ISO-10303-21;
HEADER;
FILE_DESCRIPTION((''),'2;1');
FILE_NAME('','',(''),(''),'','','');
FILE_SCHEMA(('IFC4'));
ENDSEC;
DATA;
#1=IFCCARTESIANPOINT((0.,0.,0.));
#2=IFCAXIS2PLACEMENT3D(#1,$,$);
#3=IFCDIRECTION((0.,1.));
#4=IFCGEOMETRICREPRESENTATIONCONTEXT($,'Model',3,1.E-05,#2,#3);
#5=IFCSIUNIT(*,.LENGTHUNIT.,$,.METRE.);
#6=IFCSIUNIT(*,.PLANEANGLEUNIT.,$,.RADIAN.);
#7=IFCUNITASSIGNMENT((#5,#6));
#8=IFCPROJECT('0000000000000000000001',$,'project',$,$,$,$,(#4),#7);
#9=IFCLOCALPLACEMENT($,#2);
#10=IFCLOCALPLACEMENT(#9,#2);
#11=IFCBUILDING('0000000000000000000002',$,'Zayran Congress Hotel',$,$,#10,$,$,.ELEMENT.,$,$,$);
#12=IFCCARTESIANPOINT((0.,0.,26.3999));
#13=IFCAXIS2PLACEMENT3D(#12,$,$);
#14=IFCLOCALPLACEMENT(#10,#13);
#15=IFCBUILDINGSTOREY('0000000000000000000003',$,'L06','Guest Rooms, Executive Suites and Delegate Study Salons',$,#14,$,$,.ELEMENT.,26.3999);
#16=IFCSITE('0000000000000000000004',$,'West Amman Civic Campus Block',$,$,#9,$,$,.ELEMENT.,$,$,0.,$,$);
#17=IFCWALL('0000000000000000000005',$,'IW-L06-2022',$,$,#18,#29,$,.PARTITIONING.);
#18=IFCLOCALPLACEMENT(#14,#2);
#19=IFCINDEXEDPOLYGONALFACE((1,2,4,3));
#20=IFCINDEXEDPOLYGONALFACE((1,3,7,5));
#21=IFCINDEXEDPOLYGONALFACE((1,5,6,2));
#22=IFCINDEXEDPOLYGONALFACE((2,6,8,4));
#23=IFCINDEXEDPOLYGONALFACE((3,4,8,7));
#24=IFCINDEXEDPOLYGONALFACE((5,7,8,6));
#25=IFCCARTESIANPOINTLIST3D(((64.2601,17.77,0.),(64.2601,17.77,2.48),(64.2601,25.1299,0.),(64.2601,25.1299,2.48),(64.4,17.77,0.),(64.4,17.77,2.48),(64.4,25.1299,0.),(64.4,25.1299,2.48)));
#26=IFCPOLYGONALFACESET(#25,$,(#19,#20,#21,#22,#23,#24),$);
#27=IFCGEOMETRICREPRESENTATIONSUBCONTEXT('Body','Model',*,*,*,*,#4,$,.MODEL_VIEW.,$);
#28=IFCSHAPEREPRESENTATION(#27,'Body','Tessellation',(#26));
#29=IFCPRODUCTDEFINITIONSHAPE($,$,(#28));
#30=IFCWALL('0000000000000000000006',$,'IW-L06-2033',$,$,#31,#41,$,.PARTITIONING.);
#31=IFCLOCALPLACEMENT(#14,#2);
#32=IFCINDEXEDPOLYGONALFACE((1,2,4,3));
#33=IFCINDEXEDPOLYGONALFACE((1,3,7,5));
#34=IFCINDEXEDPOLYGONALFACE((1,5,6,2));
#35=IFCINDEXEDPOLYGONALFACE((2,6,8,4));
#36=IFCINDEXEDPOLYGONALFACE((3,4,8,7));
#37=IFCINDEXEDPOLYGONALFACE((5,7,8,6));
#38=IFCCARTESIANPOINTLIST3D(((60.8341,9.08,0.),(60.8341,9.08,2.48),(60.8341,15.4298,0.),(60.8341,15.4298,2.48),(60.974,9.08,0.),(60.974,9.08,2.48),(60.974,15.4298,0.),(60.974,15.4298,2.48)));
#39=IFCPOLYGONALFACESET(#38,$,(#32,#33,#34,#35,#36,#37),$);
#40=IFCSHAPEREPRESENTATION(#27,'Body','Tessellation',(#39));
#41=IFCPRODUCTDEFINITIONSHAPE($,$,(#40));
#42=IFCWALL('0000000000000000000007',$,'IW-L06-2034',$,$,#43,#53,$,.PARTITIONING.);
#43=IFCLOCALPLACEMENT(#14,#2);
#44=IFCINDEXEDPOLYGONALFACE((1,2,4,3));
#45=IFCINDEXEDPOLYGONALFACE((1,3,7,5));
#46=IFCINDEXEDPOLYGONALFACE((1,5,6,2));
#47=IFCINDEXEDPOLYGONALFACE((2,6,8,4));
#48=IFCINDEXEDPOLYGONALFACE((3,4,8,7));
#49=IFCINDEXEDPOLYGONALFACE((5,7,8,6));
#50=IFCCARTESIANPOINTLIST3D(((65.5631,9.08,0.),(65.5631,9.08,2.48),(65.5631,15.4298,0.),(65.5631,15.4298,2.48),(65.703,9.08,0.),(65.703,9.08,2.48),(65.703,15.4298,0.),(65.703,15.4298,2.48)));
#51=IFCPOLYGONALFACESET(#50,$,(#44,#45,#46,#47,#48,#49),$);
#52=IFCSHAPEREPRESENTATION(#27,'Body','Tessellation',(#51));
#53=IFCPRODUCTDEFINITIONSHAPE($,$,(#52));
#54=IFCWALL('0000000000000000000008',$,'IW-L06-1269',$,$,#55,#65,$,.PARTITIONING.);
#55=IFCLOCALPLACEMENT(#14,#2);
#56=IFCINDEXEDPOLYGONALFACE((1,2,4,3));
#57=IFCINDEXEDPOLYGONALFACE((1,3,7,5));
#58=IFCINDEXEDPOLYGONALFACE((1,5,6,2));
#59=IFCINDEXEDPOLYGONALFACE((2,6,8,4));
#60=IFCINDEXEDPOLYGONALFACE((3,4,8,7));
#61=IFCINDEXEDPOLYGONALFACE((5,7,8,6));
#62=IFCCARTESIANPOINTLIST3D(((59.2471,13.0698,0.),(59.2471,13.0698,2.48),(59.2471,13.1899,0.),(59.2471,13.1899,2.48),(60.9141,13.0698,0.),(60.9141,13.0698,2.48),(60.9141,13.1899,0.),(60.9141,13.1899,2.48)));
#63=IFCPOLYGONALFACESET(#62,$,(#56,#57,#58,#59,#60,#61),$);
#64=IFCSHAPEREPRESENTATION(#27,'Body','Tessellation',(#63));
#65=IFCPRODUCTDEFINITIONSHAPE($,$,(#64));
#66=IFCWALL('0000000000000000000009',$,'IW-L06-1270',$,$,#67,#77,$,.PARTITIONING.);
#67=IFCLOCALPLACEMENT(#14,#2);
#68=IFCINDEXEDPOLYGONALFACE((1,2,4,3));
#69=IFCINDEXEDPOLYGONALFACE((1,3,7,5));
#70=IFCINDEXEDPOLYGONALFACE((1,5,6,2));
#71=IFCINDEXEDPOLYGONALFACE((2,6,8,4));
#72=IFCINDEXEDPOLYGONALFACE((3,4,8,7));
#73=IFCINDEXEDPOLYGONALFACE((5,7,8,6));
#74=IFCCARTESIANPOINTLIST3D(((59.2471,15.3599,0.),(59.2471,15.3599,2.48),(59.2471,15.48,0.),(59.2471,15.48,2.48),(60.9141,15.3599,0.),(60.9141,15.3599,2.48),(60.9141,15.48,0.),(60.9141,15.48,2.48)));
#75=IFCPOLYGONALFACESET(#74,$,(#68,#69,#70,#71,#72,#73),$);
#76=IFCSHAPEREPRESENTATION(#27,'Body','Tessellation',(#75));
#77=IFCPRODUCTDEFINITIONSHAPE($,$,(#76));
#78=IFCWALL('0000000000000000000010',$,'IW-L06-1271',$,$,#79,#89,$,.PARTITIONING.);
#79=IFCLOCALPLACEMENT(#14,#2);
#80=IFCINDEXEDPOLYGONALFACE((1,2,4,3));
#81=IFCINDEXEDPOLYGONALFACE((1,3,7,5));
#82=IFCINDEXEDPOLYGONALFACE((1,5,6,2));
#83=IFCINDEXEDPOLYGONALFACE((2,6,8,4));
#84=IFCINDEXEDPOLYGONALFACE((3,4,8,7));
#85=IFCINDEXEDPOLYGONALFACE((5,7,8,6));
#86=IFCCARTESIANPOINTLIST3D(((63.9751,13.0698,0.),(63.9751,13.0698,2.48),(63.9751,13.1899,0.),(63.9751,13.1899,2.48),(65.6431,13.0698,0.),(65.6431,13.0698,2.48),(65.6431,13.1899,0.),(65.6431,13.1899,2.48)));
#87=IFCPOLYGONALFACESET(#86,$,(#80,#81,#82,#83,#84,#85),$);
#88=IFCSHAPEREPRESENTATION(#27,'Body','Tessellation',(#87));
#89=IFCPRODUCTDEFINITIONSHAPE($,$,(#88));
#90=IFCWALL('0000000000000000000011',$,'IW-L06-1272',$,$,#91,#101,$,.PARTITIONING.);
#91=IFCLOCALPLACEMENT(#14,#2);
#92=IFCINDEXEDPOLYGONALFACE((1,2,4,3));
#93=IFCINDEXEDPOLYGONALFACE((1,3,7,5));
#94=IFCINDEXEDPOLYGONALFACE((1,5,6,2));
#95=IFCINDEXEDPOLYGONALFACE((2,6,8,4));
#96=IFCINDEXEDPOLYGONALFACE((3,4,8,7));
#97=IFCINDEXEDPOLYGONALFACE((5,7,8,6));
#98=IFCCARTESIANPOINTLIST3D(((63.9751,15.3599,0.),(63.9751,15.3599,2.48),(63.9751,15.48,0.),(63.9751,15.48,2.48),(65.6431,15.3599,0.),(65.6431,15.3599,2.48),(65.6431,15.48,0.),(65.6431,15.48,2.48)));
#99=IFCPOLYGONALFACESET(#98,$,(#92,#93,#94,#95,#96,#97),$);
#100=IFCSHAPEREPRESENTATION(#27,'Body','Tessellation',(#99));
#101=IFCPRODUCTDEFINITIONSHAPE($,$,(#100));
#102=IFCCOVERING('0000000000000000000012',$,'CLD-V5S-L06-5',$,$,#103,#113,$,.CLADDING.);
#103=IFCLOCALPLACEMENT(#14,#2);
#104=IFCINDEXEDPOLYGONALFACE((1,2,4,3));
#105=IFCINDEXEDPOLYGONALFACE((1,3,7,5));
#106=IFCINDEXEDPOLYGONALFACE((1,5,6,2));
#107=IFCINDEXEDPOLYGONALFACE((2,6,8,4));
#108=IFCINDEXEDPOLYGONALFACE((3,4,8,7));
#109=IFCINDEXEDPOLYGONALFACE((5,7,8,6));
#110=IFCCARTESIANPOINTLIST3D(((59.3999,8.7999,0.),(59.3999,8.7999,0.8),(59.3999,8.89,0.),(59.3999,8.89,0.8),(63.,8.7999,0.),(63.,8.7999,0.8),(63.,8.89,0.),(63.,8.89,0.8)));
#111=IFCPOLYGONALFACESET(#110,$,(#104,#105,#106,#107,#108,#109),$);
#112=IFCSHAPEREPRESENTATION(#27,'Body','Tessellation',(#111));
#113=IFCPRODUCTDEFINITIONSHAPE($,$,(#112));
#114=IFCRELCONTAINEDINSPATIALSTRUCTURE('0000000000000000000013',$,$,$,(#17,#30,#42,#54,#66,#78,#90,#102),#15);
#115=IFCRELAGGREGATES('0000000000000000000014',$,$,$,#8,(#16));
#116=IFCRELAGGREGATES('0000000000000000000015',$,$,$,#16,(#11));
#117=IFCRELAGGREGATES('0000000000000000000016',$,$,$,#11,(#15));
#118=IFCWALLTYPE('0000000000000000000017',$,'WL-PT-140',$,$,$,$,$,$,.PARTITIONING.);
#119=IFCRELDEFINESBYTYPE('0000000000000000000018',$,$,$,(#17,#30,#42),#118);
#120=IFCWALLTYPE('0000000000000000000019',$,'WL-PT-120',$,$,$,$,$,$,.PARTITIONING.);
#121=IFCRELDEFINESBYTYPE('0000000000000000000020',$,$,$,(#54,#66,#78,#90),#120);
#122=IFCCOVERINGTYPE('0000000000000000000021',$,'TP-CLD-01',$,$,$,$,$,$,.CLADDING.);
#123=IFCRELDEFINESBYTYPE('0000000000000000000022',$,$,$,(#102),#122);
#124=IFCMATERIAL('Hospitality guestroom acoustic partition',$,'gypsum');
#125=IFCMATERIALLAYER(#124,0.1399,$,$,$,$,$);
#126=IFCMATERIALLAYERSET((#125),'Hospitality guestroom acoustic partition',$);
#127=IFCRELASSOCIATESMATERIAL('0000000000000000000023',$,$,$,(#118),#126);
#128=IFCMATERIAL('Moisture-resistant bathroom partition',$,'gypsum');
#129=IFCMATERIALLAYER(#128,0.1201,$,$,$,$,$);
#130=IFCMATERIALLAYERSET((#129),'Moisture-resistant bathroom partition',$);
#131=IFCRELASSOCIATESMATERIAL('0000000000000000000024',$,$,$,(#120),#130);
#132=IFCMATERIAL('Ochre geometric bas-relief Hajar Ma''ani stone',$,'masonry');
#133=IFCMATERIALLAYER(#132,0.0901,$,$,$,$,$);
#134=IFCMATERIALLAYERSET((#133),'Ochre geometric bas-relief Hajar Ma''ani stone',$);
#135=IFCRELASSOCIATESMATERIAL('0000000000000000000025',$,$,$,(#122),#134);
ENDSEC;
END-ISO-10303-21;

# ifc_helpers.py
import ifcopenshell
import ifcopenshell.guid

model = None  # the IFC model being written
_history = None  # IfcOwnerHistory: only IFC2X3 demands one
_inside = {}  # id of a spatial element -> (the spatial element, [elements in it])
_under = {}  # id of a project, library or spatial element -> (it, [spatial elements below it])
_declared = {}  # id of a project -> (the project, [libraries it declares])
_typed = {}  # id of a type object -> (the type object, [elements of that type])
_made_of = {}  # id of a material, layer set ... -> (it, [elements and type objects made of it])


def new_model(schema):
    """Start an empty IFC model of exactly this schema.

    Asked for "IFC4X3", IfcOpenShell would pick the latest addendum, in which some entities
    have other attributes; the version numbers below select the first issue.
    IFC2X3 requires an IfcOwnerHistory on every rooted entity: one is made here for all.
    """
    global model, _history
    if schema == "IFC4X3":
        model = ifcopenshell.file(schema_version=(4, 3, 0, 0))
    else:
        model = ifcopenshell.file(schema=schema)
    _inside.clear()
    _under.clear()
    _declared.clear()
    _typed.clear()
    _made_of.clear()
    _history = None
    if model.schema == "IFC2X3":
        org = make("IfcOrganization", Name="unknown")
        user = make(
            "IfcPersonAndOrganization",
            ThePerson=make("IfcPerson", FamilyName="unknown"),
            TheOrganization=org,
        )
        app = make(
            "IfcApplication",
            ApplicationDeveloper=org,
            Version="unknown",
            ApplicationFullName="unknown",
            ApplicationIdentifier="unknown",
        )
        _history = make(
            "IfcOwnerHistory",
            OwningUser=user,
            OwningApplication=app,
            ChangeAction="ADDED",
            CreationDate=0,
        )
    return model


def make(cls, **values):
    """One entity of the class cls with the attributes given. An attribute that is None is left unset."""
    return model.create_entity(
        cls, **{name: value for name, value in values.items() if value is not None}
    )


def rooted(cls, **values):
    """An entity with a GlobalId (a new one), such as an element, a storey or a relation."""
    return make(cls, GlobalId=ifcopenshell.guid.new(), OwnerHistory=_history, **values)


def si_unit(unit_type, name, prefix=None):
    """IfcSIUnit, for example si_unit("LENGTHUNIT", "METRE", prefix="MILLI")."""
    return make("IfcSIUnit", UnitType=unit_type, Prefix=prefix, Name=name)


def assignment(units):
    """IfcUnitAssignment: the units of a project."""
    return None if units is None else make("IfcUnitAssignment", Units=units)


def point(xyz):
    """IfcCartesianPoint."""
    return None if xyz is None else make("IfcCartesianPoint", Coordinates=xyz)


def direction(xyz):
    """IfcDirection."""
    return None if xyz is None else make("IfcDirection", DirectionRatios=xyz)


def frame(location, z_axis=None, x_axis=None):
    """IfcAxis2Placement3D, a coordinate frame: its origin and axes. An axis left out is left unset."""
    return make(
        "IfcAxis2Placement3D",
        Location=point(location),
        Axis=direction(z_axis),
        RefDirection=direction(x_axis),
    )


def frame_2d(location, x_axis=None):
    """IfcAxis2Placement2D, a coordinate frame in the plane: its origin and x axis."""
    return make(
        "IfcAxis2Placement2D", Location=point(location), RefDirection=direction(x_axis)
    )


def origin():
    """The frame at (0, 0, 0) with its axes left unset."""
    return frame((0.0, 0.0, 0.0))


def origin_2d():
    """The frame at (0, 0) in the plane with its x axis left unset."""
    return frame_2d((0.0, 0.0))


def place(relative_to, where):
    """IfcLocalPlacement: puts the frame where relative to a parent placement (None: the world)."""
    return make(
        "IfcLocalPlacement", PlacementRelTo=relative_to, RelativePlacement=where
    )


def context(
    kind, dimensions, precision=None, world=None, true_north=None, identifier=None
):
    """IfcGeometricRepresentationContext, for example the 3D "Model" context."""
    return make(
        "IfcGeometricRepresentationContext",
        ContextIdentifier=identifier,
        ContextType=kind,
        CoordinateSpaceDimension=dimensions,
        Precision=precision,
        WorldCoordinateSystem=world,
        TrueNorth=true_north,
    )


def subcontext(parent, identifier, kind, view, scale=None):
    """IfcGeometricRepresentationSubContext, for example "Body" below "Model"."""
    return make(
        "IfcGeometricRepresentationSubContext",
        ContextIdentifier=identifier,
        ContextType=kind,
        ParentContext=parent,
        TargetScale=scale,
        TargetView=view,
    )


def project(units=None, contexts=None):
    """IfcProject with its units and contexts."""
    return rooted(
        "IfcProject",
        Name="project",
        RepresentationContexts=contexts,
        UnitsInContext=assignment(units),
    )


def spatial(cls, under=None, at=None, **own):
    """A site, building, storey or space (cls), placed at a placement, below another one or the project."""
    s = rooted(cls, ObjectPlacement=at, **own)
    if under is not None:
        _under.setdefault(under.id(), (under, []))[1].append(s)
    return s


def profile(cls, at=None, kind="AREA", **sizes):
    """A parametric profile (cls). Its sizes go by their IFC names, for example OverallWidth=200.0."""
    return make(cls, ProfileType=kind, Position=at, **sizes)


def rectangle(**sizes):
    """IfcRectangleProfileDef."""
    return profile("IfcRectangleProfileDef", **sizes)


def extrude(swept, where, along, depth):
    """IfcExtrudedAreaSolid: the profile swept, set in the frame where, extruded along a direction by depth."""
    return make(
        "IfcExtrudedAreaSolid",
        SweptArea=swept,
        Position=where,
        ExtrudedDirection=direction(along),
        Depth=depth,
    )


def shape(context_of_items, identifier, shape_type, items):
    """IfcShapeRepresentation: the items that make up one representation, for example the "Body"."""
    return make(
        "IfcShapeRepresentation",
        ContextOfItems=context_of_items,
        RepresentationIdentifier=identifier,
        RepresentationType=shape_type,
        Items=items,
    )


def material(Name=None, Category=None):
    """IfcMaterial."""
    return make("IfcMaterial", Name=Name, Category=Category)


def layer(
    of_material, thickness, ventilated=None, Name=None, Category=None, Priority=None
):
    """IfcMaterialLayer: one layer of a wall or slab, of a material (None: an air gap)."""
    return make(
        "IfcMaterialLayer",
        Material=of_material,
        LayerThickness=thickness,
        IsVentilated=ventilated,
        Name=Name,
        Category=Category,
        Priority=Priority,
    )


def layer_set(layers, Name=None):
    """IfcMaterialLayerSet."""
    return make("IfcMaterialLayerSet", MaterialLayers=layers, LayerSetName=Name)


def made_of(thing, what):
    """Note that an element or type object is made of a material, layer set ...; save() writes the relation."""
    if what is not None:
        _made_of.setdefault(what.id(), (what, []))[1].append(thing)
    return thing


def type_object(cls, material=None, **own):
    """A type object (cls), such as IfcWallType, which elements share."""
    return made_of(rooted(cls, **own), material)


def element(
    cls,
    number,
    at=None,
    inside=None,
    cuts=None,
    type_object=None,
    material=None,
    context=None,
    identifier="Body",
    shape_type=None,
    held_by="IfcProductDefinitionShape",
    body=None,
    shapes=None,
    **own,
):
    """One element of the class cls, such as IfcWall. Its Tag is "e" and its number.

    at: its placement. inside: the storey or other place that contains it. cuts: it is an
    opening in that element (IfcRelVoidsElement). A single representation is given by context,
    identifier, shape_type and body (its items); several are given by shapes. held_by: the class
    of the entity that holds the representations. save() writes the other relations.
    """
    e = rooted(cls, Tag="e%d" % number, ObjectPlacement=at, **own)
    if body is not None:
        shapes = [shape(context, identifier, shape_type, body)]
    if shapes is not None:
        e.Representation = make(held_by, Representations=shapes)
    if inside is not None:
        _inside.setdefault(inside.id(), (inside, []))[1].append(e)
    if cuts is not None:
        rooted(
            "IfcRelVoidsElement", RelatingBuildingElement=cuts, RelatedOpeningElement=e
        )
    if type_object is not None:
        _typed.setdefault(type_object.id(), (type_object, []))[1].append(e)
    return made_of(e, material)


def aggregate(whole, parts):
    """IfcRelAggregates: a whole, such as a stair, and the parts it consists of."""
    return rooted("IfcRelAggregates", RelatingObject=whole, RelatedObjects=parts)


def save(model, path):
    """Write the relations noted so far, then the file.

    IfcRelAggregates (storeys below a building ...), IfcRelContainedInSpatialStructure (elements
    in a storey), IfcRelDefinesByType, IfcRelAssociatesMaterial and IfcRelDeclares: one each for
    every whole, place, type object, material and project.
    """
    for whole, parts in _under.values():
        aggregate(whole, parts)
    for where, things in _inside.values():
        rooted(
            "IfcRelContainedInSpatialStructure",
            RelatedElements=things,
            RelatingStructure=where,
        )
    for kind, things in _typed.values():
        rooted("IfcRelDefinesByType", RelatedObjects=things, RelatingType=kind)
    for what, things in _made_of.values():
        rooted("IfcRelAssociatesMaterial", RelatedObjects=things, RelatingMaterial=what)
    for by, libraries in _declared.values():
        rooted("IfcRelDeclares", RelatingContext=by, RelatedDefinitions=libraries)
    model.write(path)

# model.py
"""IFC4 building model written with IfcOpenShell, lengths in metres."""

from ifc_helpers import new_model, si_unit, direction, frame, frame_2d, origin, origin_2d, place, context, subcontext, project, spatial, rectangle, extrude, material, layer, layer_set, type_object, element, save


model = new_model("IFC4")

# Units and contexts
model_context = context("Model", 3, precision=1e-05, world=origin(), true_north=direction((0.0, 1.0)))
body_context = subcontext(model_context, "Body", "Model", "MODEL_VIEW")
ifc_project = project(units=[si_unit("LENGTHUNIT", "METRE"), si_unit("PLANEANGLEUNIT", "RADIAN")], contexts=[model_context])

# Site, building, storey
site_placement = place(None, origin())
site = spatial("IfcSite", under=ifc_project, at=site_placement, Name="West Amman Civic Campus Block", CompositionType="ELEMENT", RefElevation=0.0)
building_placement = place(site_placement, origin())
building = spatial("IfcBuilding", under=site, at=building_placement, Name="Zayran Congress Hotel", CompositionType="ELEMENT")
storey_placement = place(building_placement, frame((0.0, 0.0, 26.3999)))
storey = spatial("IfcBuildingStorey", under=building, at=storey_placement, Name="L06", Description="Guest Rooms, Executive Suites and Delegate Study Salons", CompositionType="ELEMENT", Elevation=26.3999)

# Shared definitions
ifc_material_1 = material(Name="Hospitality guestroom acoustic partition", Category="gypsum")
ifc_layer_1 = layer(ifc_material_1, 0.1399)
ifc_layer_set_1 = layer_set([ifc_layer_1], Name="Hospitality guestroom acoustic partition")
wall_type_1 = type_object("IfcWallType", Name="WL-PT-140", PredefinedType="PARTITIONING", material=ifc_layer_set_1)

# Walls
wall_1_placement = place(storey_placement, frame((64.3301, 17.77, 0.0), z_axis=(0.0, 0.0, 1.0), x_axis=(0.0, 1.0, 0.0)))
element("IfcWall", 1, at=wall_1_placement, inside=storey, type_object=wall_type_1, Name="IW-L06-2022", PredefinedType="PARTITIONING", context=body_context, shape_type="SweptSolid", body=[
    extrude(rectangle(XDim=7.3599, YDim=0.1399, at=frame_2d((3.6799, 0.0))), origin(), (0.0, 0.0, 1.0), 2.48),
])
for number, where, z_axis, x_axis, name in (
    (2, (60.9041, 9.0801, 0.0), (0.0, 0.0, 1.0), (0.0, 1.0, 0.0), "IW-L06-2033"),
    (3, (65.6331, 9.0801, 0.0), (0.0, 0.0, 1.0), (0.0, 1.0, 0.0), "IW-L06-2034"),
):
    element("IfcWall", number, at=place(storey_placement, frame(where, z_axis=z_axis, x_axis=x_axis)), inside=storey, type_object=wall_type_1, Name=name, PredefinedType="PARTITIONING", context=body_context, shape_type="SweptSolid", body=[
        extrude(rectangle(XDim=6.3499, YDim=0.1399, at=frame_2d((3.1748, 0.0))), origin(), (0.0, 0.0, 1.0), 2.48),
    ])

# Shared definitions
ifc_material_2 = material(Name="Moisture-resistant bathroom partition", Category="gypsum")
ifc_layer_2 = layer(ifc_material_2, 0.1201)
ifc_layer_set_2 = layer_set([ifc_layer_2], Name="Moisture-resistant bathroom partition")
wall_type_2 = type_object("IfcWallType", Name="WL-PT-120", PredefinedType="PARTITIONING", material=ifc_layer_set_2)

# Walls
for number, where, z_axis, x_axis, name in (
    (4, (59.2471, 13.1299, 0.0), (0.0, 0.0, 1.0), (1.0, 0.0, 0.0), "IW-L06-1269"),
    (5, (59.2471, 15.4199, 0.0), (0.0, 0.0, 1.0), (1.0, 0.0, 0.0), "IW-L06-1270"),
):
    element("IfcWall", number, at=place(storey_placement, frame(where, z_axis=z_axis, x_axis=x_axis)), inside=storey, type_object=wall_type_2, Name=name, PredefinedType="PARTITIONING", context=body_context, shape_type="SweptSolid", body=[
        extrude(rectangle(XDim=1.667, YDim=0.1201, at=frame_2d((0.8335, 0.0))), origin(), (0.0, 0.0, 1.0), 2.48),
    ])
for number, where, z_axis, x_axis, name in (
    (6, (63.9751, 13.1299, 0.0), (0.0, 0.0, 1.0), (1.0, 0.0, 0.0), "IW-L06-1271"),
    (7, (63.9751, 15.4199, 0.0), (0.0, 0.0, 1.0), (1.0, 0.0, 0.0), "IW-L06-1272"),
):
    element("IfcWall", number, at=place(storey_placement, frame(where, z_axis=z_axis, x_axis=x_axis)), inside=storey, type_object=wall_type_2, Name=name, PredefinedType="PARTITIONING", context=body_context, shape_type="SweptSolid", body=[
        extrude(rectangle(XDim=1.668, YDim=0.1201, at=frame_2d((0.834, 0.0))), origin(), (0.0, 0.0, 1.0), 2.48),
    ])

# Covering
ifc_material_3 = material(Name="Ochre geometric bas-relief Hajar Ma'ani stone", Category="masonry")
ifc_layer_3 = layer(ifc_material_3, 0.0901)
ifc_layer_set_3 = layer_set([ifc_layer_3], Name="Ochre geometric bas-relief Hajar Ma'ani stone")
covering_type = type_object("IfcCoveringType", Name="TP-CLD-01", PredefinedType="CLADDING", material=ifc_layer_set_3)
covering_placement = place(storey_placement, frame((61.2, 8.845, 0.0), z_axis=(0.0, 0.0, 1.0), x_axis=(1.0, 0.0, 0.0)))
element("IfcCovering", 8, at=covering_placement, inside=storey, type_object=covering_type, Name="CLD-V5S-L06-5", PredefinedType="CLADDING", context=body_context, shape_type="SweptSolid", body=[
    extrude(rectangle(XDim=3.6001, YDim=0.0901, at=origin_2d()), origin(), (0.0, 0.0, 1.0), 0.8),
])

save(model, "model.ifc")
